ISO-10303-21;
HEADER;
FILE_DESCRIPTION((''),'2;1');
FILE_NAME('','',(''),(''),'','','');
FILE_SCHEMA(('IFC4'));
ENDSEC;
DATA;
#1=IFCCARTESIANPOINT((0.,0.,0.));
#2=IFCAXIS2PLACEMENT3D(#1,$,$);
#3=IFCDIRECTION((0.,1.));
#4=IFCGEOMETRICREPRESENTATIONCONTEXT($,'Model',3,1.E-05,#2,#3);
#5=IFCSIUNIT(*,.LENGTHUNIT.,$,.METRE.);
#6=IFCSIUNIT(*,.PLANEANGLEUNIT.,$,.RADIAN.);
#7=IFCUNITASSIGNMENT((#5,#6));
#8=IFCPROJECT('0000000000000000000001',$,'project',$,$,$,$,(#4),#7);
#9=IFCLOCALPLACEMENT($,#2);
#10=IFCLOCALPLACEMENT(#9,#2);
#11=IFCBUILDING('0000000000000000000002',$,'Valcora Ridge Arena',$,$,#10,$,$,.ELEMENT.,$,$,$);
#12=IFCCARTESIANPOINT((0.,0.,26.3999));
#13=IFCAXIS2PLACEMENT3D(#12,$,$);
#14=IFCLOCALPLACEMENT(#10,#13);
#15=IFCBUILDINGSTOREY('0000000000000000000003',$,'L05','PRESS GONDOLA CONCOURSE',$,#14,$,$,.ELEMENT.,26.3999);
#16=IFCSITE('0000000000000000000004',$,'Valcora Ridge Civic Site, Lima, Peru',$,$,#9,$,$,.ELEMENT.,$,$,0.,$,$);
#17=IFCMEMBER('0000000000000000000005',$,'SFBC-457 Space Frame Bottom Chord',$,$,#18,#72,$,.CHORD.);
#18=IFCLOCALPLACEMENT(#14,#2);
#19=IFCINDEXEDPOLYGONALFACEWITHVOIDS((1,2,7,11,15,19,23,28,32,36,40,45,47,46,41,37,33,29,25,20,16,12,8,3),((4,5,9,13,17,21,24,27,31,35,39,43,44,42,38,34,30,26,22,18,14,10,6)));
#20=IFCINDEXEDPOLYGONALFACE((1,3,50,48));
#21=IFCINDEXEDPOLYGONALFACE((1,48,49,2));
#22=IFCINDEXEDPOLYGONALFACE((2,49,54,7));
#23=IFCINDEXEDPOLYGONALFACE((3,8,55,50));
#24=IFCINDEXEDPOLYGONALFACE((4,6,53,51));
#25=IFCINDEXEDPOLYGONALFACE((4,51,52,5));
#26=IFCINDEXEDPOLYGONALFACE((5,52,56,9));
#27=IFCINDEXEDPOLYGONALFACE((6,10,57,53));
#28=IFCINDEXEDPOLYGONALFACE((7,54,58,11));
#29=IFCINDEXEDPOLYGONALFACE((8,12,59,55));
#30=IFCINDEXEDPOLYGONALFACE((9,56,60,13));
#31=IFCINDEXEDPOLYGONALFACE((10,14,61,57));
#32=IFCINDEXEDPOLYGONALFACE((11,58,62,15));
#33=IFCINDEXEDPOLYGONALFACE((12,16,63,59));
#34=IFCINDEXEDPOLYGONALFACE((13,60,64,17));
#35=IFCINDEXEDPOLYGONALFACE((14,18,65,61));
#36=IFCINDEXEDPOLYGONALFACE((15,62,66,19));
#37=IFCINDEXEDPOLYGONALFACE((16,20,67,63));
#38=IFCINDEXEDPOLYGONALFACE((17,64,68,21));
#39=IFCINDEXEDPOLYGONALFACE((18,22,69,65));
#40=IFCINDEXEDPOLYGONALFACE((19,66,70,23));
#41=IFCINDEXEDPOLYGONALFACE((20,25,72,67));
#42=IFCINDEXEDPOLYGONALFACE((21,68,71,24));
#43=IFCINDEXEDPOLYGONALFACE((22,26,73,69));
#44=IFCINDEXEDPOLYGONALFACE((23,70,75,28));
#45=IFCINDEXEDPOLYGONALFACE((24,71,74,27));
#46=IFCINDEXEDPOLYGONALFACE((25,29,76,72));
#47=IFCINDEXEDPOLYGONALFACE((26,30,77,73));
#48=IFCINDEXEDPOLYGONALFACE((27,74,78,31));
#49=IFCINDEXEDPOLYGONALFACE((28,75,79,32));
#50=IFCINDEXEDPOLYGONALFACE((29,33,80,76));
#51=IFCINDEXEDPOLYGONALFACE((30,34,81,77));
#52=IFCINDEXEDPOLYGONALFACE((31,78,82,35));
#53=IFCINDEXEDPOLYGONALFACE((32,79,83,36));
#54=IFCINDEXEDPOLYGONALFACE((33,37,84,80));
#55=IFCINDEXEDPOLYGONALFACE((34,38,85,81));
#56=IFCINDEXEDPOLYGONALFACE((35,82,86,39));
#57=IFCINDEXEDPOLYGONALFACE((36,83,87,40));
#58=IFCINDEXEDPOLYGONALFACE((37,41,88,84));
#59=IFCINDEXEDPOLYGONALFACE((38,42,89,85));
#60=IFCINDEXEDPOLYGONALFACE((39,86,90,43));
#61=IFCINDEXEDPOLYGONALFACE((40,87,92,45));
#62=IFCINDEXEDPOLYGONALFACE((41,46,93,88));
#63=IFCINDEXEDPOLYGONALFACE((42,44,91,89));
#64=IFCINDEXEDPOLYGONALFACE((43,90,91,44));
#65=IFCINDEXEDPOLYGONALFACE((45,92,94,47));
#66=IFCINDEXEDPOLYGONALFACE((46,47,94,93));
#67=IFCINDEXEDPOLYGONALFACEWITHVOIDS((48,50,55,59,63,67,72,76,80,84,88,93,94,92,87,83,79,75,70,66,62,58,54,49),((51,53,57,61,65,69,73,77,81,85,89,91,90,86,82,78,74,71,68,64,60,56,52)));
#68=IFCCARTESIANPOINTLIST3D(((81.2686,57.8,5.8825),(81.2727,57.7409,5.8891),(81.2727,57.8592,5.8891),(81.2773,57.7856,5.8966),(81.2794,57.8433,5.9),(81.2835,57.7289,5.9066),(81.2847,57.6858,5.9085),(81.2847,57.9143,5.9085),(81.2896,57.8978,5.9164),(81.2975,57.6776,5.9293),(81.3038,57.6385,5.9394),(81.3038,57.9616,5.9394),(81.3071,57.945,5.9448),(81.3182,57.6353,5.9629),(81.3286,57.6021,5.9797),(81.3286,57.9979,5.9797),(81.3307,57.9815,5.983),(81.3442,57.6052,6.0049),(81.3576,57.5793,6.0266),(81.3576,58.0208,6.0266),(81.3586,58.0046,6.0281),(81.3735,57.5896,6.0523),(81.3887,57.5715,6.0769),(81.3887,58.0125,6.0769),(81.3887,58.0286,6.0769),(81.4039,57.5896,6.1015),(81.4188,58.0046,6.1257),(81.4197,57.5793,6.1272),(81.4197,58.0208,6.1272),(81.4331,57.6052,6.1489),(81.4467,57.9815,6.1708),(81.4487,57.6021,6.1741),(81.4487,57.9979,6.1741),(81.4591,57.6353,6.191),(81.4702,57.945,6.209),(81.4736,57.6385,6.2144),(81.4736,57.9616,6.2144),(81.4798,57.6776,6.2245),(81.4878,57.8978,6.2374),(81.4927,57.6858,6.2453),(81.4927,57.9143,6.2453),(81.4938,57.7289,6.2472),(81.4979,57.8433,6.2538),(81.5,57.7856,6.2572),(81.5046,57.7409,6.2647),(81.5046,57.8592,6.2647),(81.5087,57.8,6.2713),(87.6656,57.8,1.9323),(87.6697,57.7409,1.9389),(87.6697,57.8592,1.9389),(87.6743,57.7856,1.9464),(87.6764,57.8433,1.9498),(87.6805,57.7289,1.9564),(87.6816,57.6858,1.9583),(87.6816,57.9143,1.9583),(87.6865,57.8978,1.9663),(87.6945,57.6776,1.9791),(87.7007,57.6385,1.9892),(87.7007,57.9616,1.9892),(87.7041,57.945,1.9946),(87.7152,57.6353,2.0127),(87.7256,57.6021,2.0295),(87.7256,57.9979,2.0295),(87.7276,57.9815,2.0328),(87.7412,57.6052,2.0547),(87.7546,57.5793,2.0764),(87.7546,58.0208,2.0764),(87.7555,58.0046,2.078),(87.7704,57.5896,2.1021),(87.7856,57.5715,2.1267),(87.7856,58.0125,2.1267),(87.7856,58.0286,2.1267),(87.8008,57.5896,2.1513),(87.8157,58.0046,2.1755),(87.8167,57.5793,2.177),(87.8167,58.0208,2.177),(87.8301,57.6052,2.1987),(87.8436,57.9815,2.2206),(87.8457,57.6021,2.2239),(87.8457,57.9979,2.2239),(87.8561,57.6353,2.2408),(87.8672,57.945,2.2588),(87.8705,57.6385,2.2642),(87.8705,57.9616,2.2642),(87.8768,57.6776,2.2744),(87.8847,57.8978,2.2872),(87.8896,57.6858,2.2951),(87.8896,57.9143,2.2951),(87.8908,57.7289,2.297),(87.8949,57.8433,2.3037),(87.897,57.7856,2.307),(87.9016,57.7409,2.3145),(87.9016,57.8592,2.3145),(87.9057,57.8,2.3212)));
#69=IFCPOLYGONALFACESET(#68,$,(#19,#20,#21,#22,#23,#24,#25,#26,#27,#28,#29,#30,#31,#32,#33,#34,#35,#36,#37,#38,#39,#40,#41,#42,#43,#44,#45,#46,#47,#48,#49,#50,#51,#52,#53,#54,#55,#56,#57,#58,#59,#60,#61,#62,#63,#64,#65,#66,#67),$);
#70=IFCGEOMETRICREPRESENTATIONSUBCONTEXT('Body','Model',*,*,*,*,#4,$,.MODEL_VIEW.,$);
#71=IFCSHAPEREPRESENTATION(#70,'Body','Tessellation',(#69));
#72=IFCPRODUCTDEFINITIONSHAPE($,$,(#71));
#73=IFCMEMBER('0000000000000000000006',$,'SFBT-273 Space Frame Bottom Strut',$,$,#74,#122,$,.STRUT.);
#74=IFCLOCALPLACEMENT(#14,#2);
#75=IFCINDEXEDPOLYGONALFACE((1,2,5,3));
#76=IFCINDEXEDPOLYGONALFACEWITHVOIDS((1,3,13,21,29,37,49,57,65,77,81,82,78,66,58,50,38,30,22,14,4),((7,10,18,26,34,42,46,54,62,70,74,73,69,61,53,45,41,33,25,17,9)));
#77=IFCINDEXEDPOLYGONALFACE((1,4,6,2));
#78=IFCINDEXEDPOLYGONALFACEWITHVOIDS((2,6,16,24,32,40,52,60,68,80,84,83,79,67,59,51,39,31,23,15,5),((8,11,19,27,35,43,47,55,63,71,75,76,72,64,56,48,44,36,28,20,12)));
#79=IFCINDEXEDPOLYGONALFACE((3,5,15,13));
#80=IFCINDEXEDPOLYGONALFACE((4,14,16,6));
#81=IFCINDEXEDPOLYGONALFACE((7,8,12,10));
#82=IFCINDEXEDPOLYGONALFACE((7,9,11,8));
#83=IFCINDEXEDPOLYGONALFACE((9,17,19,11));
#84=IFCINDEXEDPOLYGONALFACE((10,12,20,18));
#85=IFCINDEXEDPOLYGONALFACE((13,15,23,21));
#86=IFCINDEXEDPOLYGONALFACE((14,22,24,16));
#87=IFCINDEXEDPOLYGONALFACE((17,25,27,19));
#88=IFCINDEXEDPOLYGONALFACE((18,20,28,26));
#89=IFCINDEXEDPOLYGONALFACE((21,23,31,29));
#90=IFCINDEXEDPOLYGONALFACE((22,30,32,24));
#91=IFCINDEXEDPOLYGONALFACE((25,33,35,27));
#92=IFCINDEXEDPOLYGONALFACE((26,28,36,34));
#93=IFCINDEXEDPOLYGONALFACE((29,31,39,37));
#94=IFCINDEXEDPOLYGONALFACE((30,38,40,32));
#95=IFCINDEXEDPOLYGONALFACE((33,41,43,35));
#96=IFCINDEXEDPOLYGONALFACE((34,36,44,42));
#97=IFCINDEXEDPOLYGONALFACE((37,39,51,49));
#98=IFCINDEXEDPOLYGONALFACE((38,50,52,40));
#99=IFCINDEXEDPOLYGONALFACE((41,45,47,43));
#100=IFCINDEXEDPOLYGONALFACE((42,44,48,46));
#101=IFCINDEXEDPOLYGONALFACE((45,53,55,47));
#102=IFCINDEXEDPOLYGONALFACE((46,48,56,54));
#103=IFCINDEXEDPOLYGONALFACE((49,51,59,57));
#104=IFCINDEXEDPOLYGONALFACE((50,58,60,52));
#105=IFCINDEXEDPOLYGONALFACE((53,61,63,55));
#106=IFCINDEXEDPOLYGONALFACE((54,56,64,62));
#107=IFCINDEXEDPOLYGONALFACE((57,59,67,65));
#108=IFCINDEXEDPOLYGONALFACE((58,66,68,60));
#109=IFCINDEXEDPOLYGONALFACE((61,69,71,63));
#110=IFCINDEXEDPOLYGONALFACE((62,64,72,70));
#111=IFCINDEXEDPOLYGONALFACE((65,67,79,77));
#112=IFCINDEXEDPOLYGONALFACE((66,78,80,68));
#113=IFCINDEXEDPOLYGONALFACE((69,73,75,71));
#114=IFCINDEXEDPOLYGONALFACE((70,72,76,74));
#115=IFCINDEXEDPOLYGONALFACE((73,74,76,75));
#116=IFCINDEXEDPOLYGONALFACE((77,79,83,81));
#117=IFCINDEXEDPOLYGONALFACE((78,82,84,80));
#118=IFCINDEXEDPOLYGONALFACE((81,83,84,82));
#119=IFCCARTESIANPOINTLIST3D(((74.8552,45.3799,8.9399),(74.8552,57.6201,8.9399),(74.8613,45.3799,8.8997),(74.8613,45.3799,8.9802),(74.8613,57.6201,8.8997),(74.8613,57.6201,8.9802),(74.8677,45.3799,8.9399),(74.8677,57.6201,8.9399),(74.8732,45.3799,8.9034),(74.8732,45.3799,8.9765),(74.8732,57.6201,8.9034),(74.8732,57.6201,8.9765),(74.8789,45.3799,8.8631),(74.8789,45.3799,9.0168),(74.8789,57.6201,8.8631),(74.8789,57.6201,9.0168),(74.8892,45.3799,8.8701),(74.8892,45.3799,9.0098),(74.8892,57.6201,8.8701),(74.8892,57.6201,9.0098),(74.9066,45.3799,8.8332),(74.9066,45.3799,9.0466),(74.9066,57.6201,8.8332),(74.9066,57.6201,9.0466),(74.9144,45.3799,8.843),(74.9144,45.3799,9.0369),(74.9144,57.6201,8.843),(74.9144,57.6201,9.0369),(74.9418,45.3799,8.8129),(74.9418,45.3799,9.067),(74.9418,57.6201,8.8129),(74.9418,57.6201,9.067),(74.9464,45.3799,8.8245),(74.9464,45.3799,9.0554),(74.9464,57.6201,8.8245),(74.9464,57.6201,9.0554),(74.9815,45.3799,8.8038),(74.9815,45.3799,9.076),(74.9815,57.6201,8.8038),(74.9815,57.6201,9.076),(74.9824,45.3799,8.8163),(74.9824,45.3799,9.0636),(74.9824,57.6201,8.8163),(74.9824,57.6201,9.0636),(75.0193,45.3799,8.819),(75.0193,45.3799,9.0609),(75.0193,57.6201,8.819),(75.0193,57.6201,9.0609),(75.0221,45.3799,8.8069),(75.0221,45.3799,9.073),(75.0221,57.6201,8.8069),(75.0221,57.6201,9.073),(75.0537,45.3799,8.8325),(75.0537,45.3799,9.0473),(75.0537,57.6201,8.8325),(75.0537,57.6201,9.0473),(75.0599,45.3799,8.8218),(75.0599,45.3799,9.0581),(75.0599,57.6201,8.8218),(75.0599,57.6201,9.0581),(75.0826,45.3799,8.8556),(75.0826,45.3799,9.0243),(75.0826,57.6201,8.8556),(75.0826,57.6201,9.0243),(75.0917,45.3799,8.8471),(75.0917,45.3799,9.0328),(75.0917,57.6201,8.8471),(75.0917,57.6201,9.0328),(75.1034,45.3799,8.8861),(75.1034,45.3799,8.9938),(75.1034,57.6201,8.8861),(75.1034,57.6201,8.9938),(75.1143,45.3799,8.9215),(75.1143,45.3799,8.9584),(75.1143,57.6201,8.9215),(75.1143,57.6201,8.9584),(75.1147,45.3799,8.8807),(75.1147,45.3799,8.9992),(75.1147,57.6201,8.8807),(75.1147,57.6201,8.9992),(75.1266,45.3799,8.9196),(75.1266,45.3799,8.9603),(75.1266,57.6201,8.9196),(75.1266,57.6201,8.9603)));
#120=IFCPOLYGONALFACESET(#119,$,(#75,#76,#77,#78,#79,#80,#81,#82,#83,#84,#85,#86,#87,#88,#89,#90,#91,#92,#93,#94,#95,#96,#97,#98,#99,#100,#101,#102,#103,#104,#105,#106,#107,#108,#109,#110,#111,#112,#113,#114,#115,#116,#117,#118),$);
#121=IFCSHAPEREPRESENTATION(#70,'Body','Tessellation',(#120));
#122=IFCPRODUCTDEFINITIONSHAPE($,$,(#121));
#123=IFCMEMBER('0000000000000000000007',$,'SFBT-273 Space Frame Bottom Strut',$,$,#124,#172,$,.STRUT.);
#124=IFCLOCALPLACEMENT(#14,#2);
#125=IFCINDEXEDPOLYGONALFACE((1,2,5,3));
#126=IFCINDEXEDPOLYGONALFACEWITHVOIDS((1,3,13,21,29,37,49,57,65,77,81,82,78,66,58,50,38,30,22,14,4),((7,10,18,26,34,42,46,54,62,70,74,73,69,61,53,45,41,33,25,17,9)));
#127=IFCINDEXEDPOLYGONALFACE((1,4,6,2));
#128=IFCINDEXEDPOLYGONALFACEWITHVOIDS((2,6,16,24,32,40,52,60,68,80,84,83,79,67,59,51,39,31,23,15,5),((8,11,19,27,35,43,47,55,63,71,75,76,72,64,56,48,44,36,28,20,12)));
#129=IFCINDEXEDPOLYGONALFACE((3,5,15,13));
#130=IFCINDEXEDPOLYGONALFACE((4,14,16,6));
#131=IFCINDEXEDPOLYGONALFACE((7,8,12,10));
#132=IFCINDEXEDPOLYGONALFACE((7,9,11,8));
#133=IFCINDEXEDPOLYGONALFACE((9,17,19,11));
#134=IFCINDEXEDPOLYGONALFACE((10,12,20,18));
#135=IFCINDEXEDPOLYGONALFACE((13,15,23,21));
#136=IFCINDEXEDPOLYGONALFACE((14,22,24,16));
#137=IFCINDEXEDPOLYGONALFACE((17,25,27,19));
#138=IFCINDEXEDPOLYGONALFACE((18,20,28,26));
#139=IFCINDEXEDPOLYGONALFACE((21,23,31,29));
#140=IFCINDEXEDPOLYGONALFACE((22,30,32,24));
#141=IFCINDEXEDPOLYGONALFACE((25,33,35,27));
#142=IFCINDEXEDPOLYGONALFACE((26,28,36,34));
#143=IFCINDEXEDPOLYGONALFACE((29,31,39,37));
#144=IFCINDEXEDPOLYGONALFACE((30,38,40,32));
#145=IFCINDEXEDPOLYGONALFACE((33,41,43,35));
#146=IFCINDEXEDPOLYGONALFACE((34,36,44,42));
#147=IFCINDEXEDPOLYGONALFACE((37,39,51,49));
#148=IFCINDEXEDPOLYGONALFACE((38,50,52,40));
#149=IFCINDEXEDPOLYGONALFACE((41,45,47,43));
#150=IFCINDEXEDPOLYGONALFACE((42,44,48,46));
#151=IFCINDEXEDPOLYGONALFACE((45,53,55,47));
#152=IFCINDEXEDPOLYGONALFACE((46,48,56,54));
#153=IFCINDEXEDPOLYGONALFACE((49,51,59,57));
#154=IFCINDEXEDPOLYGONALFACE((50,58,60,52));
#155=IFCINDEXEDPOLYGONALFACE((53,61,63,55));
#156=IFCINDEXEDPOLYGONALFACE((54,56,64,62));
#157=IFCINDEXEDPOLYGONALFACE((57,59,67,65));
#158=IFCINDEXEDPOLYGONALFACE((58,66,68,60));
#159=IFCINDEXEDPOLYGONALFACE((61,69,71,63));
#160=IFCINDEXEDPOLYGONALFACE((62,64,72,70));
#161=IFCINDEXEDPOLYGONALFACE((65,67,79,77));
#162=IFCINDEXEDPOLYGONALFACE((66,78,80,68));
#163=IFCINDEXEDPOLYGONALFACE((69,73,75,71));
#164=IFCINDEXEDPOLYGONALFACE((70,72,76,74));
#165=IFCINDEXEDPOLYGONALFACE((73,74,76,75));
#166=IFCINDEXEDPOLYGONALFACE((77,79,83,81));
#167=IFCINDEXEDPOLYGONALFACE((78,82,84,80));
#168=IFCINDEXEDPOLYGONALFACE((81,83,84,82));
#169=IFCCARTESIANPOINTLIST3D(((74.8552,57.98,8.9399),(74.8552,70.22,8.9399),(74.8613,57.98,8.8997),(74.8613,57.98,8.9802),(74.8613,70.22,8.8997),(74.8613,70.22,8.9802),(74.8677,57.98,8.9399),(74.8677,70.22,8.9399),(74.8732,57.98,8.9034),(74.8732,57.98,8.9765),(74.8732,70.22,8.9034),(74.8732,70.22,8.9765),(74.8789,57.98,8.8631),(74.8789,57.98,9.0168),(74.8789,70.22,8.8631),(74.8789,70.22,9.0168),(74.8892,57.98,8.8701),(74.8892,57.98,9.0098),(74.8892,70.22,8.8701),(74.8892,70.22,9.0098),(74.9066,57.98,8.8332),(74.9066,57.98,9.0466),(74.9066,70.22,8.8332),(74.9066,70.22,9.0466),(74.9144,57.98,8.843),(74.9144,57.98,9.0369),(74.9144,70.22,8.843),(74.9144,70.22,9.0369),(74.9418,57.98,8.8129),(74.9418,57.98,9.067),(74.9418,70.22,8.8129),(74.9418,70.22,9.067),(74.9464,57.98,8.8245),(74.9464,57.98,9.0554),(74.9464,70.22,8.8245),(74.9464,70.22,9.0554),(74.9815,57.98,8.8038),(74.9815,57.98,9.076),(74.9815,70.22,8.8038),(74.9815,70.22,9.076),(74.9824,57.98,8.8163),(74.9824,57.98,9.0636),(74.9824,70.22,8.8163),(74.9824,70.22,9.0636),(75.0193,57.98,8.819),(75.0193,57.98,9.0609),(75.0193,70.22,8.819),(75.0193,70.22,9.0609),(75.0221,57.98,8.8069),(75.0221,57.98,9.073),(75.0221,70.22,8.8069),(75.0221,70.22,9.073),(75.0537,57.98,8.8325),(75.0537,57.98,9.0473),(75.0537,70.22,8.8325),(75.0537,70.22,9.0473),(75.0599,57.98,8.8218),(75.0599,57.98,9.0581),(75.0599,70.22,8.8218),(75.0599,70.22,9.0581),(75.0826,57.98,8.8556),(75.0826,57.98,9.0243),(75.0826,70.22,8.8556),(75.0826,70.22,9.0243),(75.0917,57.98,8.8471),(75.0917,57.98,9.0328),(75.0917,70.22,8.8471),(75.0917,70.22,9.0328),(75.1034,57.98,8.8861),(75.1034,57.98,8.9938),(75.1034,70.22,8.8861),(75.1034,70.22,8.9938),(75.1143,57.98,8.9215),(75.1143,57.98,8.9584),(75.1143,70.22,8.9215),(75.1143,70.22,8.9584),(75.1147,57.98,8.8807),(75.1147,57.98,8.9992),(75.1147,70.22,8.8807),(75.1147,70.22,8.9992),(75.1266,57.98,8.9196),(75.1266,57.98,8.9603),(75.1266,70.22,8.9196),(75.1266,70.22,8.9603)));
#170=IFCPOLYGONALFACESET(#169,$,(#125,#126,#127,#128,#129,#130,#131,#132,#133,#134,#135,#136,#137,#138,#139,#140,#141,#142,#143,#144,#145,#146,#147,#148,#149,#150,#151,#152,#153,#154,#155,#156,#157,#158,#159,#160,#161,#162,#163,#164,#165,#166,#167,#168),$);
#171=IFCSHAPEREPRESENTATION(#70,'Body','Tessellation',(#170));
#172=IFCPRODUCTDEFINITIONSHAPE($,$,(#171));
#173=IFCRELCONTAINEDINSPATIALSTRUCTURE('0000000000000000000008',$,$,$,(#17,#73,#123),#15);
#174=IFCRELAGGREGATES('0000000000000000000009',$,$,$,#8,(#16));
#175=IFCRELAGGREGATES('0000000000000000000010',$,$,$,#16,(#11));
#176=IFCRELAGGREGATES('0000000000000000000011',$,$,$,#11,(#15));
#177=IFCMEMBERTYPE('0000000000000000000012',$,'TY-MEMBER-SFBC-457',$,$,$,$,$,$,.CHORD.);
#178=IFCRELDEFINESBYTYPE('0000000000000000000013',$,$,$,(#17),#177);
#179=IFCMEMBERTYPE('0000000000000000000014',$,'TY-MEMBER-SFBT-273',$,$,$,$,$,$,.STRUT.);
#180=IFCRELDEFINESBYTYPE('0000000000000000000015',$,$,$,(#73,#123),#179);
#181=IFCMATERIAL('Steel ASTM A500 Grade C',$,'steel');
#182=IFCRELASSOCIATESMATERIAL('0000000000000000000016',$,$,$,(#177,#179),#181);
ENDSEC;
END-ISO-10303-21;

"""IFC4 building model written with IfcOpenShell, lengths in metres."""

from ifc_helpers import new_model, si_unit, direction, frame, origin, origin_2d, place, context, subcontext, project, spatial, hollow_circle, extrude, material, material_profile, profile_set, type_object, element, save


model = new_model("IFC4")

# Units and contexts
model_context = context("Model", 3, precision=1e-05, world=origin(), true_north=direction((0.0, 1.0)))
body_context = subcontext(model_context, "Body", "Model", "MODEL_VIEW")
ifc_project = project(units=[si_unit("LENGTHUNIT", "METRE"), si_unit("PLANEANGLEUNIT", "RADIAN")], contexts=[model_context])

# Site, building, storey
site_placement = place(None, origin())
site = spatial("IfcSite", under=ifc_project, at=site_placement, Name="Valcora Ridge Civic Site, Lima, Peru", CompositionType="ELEMENT", RefElevation=0.0)
building_placement = place(site_placement, origin())
building = spatial("IfcBuilding", under=site, at=building_placement, Name="Valcora Ridge Arena", CompositionType="ELEMENT")
storey_placement = place(building_placement, frame((0.0, 0.0, 26.3999)))
storey = spatial("IfcBuildingStorey", under=building, at=storey_placement, Name="L05", Description="PRESS GONDOLA CONCOURSE", CompositionType="ELEMENT", Elevation=26.3999)

# Members
ifc_material_1 = material(Name="Steel ASTM A500 Grade C", Category="steel")
ifc_material_profile_1 = material_profile(ifc_material_1, hollow_circle(Radius=0.2285, WallThickness=0.0161, at=origin_2d()), Name="CHS457X16")
ifc_profile_set_1 = profile_set([ifc_material_profile_1], Name="Steel ASTM A500 Grade C")
member_type_1 = type_object("IfcMemberType", Name="TY-MEMBER-SFBC-457", PredefinedType="CHORD", material=ifc_profile_set_1)
member_1_placement = place(storey_placement, frame((81.3887, 57.8, 6.0769), z_axis=(0.85085, 0.0, -0.525409), x_axis=(0.0, 1.0, 0.0)))
element("IfcMember", 1, at=member_1_placement, inside=storey, type_object=member_type_1, Name="SFBC-457 Space Frame Bottom Chord", PredefinedType="CHORD", context=body_context, shape_type="SweptSolid", body=[
    extrude(hollow_circle(Radius=0.2285, WallThickness=0.0161, at=origin_2d()), origin(), (0.0, 0.0, 1.0), 7.5183),
])
ifc_material_profile_2 = material_profile(ifc_material_1, hollow_circle(Radius=0.1365, WallThickness=0.0125, at=origin_2d()), Name="CHS273X12")
ifc_profile_set_2 = profile_set([ifc_material_profile_2], Name="Steel ASTM A500 Grade C")
member_type_2 = type_object("IfcMemberType", Name="TY-MEMBER-SFBT-273", PredefinedType="STRUT", material=ifc_profile_set_2)
member_2_placement = place(storey_placement, frame((74.9917, 45.3799, 8.9399), z_axis=(0.0, 1.0, 0.0), x_axis=(-1.0, 0.0, 0.0)))
element("IfcMember", 2, at=member_2_placement, inside=storey, type_object=member_type_2, Name="SFBT-273 Space Frame Bottom Strut", PredefinedType="STRUT", context=body_context, shape_type="SweptSolid", body=[
    extrude(hollow_circle(Radius=0.1365, WallThickness=0.0125, at=origin_2d()), origin(), (0.0, 0.0, 1.0), 12.2402),
])
member_3_placement = place(storey_placement, frame((74.9917, 57.98, 8.9399), z_axis=(0.0, 1.0, 0.0), x_axis=(-1.0, 0.0, 0.0)))
element("IfcMember", 3, at=member_3_placement, inside=storey, type_object=member_type_2, Name="SFBT-273 Space Frame Bottom Strut", PredefinedType="STRUT", context=body_context, shape_type="SweptSolid", body=[
    extrude(hollow_circle(Radius=0.1365, WallThickness=0.0125, at=origin_2d()), origin(), (0.0, 0.0, 1.0), 12.24),
])

save(model, "model.ifc")
